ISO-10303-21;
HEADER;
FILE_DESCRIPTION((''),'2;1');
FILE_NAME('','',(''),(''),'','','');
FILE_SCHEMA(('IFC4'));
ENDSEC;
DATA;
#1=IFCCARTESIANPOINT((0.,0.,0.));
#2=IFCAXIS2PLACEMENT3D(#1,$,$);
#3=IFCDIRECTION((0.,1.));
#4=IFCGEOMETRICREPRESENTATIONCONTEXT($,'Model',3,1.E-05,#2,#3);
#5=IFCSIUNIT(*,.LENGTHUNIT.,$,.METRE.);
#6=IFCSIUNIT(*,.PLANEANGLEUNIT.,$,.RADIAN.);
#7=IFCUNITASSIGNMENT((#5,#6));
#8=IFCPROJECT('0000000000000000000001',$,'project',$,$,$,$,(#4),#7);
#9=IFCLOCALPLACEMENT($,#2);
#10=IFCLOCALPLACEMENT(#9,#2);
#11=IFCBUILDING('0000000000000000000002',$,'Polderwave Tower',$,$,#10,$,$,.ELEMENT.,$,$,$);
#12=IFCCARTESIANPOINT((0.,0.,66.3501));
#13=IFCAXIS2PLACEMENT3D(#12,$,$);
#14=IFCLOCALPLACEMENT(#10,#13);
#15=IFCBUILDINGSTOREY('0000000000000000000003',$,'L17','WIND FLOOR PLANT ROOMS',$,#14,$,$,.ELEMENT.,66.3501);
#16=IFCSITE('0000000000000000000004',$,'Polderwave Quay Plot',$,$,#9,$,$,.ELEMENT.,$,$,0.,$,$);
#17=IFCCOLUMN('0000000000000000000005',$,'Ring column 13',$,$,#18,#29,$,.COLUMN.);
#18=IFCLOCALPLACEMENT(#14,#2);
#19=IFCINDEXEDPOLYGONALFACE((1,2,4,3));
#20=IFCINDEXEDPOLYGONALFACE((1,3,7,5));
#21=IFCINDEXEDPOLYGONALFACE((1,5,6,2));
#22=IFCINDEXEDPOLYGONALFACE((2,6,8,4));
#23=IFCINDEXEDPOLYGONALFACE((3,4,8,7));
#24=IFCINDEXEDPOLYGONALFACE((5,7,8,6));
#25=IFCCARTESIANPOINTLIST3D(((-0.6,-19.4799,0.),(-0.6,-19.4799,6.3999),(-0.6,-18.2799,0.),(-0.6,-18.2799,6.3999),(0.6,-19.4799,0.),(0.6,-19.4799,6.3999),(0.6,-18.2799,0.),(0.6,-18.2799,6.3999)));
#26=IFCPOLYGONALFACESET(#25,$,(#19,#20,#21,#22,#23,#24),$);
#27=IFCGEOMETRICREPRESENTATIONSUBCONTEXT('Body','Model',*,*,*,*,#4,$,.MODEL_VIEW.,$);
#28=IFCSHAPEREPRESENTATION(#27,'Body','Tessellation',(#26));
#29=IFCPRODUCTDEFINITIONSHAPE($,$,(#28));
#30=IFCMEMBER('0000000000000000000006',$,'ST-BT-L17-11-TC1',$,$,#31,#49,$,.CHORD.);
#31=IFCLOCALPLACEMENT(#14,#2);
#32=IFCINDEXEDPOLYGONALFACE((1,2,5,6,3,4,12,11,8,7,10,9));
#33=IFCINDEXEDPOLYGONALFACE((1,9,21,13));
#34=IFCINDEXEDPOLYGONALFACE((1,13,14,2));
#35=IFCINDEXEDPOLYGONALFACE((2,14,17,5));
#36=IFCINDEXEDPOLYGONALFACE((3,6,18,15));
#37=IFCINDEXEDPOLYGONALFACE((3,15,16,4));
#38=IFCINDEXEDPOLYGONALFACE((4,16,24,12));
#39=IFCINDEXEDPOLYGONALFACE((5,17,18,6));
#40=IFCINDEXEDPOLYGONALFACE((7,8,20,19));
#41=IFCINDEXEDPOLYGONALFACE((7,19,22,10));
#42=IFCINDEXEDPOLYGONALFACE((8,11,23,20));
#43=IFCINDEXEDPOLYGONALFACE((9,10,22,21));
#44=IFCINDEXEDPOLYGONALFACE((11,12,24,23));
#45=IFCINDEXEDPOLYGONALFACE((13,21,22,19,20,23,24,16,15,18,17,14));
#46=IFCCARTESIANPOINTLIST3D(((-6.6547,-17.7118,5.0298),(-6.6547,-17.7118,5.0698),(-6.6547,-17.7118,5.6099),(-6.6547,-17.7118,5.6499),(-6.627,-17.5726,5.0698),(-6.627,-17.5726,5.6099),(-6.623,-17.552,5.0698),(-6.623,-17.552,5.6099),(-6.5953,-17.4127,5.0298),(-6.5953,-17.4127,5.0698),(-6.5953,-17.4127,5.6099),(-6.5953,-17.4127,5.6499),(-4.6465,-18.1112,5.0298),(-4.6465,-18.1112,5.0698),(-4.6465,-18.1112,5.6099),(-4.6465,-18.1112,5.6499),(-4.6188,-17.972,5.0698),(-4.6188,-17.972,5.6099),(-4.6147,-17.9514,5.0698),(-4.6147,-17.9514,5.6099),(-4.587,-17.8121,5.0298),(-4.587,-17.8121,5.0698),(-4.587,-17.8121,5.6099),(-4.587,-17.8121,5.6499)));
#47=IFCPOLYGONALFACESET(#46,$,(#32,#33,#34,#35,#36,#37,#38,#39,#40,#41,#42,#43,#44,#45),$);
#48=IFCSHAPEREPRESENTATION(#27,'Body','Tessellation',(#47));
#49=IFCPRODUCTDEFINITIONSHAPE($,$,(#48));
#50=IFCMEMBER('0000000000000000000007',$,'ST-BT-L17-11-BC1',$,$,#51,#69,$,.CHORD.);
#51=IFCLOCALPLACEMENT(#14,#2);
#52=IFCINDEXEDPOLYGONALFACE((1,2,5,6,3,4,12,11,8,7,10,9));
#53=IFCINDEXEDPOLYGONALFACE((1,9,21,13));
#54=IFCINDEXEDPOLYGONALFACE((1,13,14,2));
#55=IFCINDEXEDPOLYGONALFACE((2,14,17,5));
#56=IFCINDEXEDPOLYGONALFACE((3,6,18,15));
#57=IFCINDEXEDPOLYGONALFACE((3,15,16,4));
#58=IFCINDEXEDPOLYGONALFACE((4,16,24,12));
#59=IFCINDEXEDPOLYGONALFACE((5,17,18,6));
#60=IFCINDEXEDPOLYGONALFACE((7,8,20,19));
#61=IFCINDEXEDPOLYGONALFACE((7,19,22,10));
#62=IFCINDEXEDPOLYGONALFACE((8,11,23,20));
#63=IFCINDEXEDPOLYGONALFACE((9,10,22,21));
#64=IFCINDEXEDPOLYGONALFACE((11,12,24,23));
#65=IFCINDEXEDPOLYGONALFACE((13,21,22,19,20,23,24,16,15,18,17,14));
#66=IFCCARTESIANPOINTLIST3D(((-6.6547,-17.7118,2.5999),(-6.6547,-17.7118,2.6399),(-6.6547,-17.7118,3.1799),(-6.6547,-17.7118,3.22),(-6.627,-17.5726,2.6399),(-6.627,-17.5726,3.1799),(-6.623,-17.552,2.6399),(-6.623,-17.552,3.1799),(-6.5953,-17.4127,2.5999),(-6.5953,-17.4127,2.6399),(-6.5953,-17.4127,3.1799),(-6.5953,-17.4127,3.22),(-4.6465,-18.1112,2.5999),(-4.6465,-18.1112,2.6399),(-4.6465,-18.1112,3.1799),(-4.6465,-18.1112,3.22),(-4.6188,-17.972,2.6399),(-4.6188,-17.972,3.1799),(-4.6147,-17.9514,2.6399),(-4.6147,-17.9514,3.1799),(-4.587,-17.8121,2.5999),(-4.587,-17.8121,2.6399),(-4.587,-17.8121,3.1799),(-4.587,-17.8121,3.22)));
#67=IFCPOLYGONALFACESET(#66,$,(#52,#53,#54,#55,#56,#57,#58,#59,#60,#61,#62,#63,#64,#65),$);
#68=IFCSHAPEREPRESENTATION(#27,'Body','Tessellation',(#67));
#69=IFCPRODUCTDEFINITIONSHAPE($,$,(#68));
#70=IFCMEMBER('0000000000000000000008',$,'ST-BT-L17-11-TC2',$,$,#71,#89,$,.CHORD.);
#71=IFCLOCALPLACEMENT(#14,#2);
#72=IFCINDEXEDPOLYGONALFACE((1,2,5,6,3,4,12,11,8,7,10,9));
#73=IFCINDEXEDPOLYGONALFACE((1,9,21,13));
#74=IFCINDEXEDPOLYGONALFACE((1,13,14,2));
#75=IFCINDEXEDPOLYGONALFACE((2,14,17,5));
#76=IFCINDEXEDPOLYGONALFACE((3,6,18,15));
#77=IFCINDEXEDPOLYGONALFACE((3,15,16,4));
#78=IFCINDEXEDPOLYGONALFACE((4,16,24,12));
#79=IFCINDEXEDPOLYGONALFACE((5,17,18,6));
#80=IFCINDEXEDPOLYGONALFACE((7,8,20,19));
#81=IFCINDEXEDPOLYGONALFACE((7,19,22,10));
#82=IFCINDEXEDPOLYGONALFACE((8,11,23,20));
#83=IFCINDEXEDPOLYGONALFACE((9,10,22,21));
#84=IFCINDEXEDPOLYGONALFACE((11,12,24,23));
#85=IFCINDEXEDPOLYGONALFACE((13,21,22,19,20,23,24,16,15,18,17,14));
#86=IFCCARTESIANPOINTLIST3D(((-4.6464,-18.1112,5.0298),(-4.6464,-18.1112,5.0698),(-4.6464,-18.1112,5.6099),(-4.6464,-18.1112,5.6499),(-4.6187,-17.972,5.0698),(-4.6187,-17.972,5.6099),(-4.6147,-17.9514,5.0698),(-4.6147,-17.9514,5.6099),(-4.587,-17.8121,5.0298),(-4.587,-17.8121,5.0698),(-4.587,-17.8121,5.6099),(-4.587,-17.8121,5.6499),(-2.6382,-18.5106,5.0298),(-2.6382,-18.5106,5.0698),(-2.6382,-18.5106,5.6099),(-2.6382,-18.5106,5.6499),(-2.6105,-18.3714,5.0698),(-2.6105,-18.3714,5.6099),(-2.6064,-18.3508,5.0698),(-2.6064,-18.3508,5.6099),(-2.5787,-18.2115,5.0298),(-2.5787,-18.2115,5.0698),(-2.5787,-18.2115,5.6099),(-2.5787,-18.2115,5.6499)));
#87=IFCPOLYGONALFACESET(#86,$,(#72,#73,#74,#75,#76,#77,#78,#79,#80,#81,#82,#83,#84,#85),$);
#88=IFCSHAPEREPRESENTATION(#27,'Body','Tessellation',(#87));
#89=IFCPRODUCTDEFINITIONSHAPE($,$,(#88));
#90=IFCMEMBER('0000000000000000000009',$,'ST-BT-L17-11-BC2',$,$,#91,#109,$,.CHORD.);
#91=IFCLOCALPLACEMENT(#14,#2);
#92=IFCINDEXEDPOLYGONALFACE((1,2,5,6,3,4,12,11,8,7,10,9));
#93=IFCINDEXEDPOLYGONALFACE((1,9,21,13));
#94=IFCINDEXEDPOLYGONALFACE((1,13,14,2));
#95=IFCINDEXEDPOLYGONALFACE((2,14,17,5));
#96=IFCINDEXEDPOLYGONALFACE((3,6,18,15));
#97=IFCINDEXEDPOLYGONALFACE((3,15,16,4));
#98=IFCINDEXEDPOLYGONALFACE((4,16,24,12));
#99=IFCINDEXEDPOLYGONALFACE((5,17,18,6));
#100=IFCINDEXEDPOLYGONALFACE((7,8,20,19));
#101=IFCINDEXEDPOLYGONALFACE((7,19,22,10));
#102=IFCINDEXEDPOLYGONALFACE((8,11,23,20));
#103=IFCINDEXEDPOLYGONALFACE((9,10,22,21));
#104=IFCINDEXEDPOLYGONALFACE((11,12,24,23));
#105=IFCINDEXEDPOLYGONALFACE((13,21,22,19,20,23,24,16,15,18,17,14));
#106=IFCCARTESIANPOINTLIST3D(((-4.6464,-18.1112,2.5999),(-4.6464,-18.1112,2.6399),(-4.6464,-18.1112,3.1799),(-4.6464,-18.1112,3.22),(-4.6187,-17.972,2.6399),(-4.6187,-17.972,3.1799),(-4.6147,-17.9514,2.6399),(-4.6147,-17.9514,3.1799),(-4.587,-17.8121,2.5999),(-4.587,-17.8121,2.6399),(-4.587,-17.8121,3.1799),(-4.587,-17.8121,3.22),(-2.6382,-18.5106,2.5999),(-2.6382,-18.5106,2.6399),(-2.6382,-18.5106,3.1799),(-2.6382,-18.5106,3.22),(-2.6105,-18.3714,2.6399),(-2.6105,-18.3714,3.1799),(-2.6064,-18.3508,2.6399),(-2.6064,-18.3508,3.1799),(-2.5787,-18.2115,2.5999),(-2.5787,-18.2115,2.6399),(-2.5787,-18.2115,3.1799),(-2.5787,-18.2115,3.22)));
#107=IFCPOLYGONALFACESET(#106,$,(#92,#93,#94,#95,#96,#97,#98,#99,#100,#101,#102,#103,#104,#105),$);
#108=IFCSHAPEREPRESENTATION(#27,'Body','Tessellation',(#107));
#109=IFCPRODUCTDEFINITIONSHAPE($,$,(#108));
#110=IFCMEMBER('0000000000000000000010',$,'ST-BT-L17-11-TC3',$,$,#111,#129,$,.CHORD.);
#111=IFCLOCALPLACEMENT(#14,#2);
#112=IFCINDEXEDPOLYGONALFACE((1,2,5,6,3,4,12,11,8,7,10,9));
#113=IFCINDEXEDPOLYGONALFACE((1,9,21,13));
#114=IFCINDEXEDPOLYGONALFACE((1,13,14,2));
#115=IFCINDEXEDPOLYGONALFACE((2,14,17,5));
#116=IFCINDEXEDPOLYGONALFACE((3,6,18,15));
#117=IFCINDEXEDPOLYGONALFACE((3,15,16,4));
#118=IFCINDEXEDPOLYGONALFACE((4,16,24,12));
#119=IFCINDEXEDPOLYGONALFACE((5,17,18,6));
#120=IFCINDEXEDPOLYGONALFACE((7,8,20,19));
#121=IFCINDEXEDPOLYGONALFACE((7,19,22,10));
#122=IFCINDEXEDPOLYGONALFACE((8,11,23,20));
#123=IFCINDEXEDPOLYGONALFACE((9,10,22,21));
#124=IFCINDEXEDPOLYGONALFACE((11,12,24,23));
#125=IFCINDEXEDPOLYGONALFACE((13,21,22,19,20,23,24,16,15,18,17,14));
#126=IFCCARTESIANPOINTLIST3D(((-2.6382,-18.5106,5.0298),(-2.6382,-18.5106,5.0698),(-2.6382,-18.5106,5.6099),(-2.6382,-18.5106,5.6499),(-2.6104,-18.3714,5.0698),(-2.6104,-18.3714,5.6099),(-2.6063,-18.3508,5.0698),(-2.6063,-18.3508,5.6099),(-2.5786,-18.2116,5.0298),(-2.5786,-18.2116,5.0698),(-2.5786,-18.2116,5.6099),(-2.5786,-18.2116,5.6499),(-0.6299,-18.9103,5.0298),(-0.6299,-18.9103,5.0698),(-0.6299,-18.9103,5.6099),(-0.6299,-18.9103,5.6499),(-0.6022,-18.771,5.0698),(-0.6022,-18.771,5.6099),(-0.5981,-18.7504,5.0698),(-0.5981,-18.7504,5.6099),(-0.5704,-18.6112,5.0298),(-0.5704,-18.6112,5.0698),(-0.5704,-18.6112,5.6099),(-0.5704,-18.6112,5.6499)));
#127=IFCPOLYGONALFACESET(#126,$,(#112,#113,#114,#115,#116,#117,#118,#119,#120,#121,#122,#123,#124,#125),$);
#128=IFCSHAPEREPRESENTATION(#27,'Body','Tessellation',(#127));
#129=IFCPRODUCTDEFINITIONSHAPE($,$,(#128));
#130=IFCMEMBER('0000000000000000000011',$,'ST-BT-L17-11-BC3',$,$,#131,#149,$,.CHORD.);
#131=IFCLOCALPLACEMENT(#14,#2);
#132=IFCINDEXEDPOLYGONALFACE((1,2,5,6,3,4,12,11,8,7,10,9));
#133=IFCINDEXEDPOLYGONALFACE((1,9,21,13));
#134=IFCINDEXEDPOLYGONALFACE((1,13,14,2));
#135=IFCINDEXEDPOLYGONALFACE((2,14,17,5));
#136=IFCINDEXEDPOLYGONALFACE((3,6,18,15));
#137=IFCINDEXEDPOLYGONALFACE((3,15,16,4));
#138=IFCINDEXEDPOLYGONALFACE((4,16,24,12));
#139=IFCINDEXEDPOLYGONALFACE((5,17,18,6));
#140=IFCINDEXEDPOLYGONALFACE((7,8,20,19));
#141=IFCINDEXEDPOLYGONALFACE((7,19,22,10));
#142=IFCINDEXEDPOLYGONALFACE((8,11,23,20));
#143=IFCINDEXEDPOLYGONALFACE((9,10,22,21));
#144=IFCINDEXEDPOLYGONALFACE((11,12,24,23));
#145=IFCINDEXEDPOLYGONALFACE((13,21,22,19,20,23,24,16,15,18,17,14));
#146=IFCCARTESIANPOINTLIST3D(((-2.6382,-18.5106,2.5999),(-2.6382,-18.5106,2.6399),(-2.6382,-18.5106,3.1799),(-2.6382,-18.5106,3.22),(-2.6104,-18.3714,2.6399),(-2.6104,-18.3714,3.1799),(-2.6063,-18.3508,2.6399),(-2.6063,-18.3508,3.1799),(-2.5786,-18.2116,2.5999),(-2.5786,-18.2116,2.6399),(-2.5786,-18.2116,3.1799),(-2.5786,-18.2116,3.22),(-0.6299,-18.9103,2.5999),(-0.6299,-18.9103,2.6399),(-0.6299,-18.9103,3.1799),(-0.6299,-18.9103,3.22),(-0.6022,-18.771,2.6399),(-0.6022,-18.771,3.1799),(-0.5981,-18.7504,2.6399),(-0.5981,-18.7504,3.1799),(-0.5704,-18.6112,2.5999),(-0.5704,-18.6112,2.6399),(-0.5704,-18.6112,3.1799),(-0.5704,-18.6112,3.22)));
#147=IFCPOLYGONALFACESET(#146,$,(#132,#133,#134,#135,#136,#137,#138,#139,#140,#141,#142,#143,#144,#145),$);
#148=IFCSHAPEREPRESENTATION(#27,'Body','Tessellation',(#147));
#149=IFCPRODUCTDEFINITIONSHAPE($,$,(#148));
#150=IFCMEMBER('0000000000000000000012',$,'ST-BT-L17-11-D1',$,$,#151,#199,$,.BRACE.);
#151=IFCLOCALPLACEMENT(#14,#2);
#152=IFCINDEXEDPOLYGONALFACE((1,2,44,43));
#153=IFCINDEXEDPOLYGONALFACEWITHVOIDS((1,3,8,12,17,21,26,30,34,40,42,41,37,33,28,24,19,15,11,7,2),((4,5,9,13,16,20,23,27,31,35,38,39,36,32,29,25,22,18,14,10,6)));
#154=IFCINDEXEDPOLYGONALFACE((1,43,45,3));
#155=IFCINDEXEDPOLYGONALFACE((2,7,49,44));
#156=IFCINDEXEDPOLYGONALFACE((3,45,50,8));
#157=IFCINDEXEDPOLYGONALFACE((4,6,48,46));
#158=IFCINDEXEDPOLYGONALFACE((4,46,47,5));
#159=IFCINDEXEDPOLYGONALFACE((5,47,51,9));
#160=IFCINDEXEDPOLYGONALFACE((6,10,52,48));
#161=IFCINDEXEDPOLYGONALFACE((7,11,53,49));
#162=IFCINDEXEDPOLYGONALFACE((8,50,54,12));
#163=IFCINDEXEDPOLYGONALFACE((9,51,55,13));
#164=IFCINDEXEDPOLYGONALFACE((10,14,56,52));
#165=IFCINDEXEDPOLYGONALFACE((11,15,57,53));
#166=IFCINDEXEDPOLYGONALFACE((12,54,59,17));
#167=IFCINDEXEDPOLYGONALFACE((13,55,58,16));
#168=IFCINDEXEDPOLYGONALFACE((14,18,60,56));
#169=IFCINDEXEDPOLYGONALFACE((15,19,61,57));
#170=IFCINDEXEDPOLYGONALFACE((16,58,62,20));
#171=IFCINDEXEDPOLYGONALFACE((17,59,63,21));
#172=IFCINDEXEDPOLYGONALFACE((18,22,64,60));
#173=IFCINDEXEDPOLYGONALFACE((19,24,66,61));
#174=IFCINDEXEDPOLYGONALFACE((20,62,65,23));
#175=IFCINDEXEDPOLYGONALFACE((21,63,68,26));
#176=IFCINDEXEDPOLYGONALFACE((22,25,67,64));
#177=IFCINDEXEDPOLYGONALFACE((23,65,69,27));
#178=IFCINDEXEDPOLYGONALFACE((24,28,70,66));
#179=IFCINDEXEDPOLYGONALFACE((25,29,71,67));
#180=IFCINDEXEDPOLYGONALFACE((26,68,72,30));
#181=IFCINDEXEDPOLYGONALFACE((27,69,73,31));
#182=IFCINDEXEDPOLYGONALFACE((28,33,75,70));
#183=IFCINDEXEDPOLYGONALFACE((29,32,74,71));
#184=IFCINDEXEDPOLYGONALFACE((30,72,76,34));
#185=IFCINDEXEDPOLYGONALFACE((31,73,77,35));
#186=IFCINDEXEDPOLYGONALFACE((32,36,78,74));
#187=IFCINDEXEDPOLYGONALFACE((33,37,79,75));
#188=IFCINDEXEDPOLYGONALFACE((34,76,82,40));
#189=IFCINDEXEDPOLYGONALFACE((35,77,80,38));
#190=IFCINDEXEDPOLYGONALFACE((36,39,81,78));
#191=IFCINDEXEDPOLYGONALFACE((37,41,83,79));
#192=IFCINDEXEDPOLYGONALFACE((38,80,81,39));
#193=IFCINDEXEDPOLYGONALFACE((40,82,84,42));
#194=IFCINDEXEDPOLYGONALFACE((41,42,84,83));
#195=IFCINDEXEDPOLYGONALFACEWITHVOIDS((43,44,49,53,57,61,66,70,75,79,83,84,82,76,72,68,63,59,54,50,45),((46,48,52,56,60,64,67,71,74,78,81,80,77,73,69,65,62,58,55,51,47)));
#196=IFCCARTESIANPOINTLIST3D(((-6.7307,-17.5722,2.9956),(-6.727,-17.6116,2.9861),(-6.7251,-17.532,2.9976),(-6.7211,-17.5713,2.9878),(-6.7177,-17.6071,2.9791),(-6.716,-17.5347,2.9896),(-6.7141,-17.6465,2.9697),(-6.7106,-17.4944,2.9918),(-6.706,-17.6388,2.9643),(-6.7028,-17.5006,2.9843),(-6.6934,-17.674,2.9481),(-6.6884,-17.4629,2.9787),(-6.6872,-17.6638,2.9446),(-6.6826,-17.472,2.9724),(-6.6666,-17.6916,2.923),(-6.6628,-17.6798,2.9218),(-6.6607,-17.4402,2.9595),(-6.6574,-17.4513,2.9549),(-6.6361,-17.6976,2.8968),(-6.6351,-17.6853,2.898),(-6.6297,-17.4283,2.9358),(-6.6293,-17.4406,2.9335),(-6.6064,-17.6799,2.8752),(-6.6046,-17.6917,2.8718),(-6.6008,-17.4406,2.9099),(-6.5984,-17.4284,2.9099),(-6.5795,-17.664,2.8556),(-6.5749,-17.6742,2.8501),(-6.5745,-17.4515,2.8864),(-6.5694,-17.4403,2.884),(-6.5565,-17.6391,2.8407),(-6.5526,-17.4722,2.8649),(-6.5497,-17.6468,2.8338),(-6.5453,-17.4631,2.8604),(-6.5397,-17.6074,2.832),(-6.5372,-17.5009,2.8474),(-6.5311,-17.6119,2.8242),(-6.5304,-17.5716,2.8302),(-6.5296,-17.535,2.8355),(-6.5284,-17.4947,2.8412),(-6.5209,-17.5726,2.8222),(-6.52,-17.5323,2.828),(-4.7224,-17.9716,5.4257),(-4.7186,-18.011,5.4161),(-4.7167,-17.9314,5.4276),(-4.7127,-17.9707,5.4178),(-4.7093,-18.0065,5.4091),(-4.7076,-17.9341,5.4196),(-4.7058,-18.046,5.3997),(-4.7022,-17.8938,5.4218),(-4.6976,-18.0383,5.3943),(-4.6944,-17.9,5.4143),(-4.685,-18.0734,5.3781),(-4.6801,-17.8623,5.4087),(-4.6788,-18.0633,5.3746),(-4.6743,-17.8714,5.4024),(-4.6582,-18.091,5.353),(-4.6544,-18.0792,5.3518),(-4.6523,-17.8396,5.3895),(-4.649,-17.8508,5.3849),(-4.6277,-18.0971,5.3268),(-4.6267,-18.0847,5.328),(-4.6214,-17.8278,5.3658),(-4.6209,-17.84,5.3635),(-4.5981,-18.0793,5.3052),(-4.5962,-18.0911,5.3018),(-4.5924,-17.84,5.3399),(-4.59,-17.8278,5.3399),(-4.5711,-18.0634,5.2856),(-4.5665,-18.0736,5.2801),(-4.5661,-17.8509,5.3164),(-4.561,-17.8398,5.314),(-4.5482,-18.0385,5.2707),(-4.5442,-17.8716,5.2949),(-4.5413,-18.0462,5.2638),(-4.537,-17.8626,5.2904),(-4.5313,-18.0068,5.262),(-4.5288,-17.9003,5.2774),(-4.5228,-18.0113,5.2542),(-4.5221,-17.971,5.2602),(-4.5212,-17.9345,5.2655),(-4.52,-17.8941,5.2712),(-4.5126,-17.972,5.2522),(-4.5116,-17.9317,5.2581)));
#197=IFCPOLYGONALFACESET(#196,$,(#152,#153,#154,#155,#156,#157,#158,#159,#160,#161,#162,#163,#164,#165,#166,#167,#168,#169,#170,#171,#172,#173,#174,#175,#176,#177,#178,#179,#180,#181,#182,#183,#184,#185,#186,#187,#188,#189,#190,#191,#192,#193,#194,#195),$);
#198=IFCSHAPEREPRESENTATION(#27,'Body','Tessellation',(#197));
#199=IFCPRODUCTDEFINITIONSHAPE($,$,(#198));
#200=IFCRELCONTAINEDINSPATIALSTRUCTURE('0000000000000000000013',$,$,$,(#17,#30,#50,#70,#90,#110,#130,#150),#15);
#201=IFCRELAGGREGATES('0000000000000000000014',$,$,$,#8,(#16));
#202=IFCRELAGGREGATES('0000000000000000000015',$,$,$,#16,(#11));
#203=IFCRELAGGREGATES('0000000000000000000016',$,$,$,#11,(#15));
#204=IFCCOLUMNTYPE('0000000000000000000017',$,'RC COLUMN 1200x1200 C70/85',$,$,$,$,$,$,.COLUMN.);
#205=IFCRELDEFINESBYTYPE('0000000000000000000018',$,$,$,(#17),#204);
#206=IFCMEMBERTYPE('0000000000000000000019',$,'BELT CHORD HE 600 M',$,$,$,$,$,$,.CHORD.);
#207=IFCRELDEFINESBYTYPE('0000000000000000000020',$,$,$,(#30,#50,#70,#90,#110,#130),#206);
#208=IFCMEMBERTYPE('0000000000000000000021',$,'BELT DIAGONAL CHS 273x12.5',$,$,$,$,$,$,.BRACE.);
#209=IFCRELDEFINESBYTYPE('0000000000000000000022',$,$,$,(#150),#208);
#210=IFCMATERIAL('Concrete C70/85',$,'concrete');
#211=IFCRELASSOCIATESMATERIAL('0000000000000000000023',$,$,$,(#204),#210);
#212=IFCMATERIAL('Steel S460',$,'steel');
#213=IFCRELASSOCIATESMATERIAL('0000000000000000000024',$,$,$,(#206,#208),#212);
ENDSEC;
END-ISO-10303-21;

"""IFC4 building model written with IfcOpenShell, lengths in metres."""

from ifc_helpers import new_model, si_unit, direction, frame, origin, origin_2d, place, context, subcontext, project, spatial, rectangle, hollow_circle, i_section, extrude, material, material_profile, profile_set, type_object, element, save


model = new_model("IFC4")

# Units and contexts
model_context = context("Model", 3, precision=1e-05, world=origin(), true_north=direction((0.0, 1.0)))
body_context = subcontext(model_context, "Body", "Model", "MODEL_VIEW")
ifc_project = project(units=[si_unit("LENGTHUNIT", "METRE"), si_unit("PLANEANGLEUNIT", "RADIAN")], contexts=[model_context])

# Site, building, storey
site_placement = place(None, origin())
site = spatial("IfcSite", under=ifc_project, at=site_placement, Name="Polderwave Quay Plot", CompositionType="ELEMENT", RefElevation=0.0)
building_placement = place(site_placement, origin())
building = spatial("IfcBuilding", under=site, at=building_placement, Name="Polderwave Tower", CompositionType="ELEMENT")
storey_placement = place(building_placement, frame((0.0, 0.0, 66.3501)))
storey = spatial("IfcBuildingStorey", under=building, at=storey_placement, Name="L17", Description="WIND FLOOR PLANT ROOMS", CompositionType="ELEMENT", Elevation=66.3501)

# Column
ifc_material_1 = material(Name="Concrete C70/85", Category="concrete")
ifc_material_profile_1 = material_profile(ifc_material_1, rectangle(XDim=1.2, YDim=1.2, at=origin_2d()), Name="RC 1200x1200")
ifc_profile_set_1 = profile_set([ifc_material_profile_1], Name="Concrete C70/85")
column_type = type_object("IfcColumnType", Name="RC COLUMN 1200x1200 C70/85", PredefinedType="COLUMN", material=ifc_profile_set_1)
column_placement = place(storey_placement, frame((0.0, -18.8799, 0.0), z_axis=(0.0, 0.0, 1.0), x_axis=(0.0, -1.0, 0.0)))
element("IfcColumn", 1, at=column_placement, inside=storey, type_object=column_type, Name="Ring column 13", PredefinedType="COLUMN", context=body_context, shape_type="SweptSolid", body=[
    extrude(rectangle(XDim=1.2, YDim=1.2, at=origin_2d()), origin(), (0.0, 0.0, 1.0), 6.3999),
])

# Members
ifc_material_2 = material(Name="Steel S460", Category="steel")
ifc_material_profile_2 = material_profile(ifc_material_2, i_section(OverallWidth=0.3049, OverallDepth=0.6201, WebThickness=0.021, FlangeThickness=0.04, at=origin_2d()), Name="HE 600 M")
ifc_profile_set_2 = profile_set([ifc_material_profile_2], Name="Steel S460")
member_type_1 = type_object("IfcMemberType", Name="BELT CHORD HE 600 M", PredefinedType="CHORD", material=ifc_profile_set_2)
for number, where, z_axis, x_axis, name in (
    (2, (-6.625, -17.5623, 5.3398), (0.980791, -0.195061, 0.0), (0.195061, 0.980791, 0.0), "ST-BT-L17-11-TC1"),
    (3, (-6.625, -17.5623, 2.9099), (0.980791, -0.195061, 0.0), (0.195061, 0.980791, 0.0), "ST-BT-L17-11-BC1"),
    (4, (-4.6167, -17.9617, 5.3398), (0.980791, -0.195061, 0.0), (0.195061, 0.980791, 0.0), "ST-BT-L17-11-TC2"),
    (5, (-4.6167, -17.9617, 2.9099), (0.980791, -0.195061, 0.0), (0.195061, 0.980791, 0.0), "ST-BT-L17-11-BC2"),
    (6, (-2.6084, -18.3611, 5.3398), (0.980768, -0.195176, 0.0), (0.195176, 0.980768, 0.0), "ST-BT-L17-11-TC3"),
    (7, (-2.6084, -18.3611, 2.9099), (0.980768, -0.195176, 0.0), (0.195176, 0.980768, 0.0), "ST-BT-L17-11-BC3"),
):
    element("IfcMember", number, at=place(storey_placement, frame(where, z_axis=z_axis, x_axis=x_axis)), inside=storey, type_object=member_type_1, Name=name, PredefinedType="CHORD", context=body_context, shape_type="SweptSolid", body=[
        extrude(i_section(OverallWidth=0.3049, OverallDepth=0.6201, WebThickness=0.021, FlangeThickness=0.04, at=origin_2d()), origin(), (0.0, 0.0, 1.0), 2.0476),
    ])
ifc_material_profile_3 = material_profile(ifc_material_2, hollow_circle(Radius=0.1365, WallThickness=0.0125, at=origin_2d()), Name="CHS 273x12.5")
ifc_profile_set_3 = profile_set([ifc_material_profile_3], Name="Steel S460")
member_type_2 = type_object("IfcMemberType", Name="BELT DIAGONAL CHS 273x12.5", PredefinedType="BRACE", material=ifc_profile_set_3)
for number, where, z_axis, x_axis, name in (
    (8, (-6.625, -17.5623, 2.9099), (0.632011, -0.125695, 0.764698), (0.195061, 0.980791, 0.0), "ST-BT-L17-11-D1"),
):
    element("IfcMember", number, at=place(storey_placement, frame(where, z_axis=z_axis, x_axis=x_axis)), inside=storey, type_object=member_type_2, Name=name, PredefinedType="BRACE", context=body_context, shape_type="SweptSolid", body=[
        extrude(hollow_circle(Radius=0.1365, WallThickness=0.0125, at=origin_2d()), origin(), (0.0, 0.0, 1.0), 3.1777),
    ])

save(model, "model.ifc")
